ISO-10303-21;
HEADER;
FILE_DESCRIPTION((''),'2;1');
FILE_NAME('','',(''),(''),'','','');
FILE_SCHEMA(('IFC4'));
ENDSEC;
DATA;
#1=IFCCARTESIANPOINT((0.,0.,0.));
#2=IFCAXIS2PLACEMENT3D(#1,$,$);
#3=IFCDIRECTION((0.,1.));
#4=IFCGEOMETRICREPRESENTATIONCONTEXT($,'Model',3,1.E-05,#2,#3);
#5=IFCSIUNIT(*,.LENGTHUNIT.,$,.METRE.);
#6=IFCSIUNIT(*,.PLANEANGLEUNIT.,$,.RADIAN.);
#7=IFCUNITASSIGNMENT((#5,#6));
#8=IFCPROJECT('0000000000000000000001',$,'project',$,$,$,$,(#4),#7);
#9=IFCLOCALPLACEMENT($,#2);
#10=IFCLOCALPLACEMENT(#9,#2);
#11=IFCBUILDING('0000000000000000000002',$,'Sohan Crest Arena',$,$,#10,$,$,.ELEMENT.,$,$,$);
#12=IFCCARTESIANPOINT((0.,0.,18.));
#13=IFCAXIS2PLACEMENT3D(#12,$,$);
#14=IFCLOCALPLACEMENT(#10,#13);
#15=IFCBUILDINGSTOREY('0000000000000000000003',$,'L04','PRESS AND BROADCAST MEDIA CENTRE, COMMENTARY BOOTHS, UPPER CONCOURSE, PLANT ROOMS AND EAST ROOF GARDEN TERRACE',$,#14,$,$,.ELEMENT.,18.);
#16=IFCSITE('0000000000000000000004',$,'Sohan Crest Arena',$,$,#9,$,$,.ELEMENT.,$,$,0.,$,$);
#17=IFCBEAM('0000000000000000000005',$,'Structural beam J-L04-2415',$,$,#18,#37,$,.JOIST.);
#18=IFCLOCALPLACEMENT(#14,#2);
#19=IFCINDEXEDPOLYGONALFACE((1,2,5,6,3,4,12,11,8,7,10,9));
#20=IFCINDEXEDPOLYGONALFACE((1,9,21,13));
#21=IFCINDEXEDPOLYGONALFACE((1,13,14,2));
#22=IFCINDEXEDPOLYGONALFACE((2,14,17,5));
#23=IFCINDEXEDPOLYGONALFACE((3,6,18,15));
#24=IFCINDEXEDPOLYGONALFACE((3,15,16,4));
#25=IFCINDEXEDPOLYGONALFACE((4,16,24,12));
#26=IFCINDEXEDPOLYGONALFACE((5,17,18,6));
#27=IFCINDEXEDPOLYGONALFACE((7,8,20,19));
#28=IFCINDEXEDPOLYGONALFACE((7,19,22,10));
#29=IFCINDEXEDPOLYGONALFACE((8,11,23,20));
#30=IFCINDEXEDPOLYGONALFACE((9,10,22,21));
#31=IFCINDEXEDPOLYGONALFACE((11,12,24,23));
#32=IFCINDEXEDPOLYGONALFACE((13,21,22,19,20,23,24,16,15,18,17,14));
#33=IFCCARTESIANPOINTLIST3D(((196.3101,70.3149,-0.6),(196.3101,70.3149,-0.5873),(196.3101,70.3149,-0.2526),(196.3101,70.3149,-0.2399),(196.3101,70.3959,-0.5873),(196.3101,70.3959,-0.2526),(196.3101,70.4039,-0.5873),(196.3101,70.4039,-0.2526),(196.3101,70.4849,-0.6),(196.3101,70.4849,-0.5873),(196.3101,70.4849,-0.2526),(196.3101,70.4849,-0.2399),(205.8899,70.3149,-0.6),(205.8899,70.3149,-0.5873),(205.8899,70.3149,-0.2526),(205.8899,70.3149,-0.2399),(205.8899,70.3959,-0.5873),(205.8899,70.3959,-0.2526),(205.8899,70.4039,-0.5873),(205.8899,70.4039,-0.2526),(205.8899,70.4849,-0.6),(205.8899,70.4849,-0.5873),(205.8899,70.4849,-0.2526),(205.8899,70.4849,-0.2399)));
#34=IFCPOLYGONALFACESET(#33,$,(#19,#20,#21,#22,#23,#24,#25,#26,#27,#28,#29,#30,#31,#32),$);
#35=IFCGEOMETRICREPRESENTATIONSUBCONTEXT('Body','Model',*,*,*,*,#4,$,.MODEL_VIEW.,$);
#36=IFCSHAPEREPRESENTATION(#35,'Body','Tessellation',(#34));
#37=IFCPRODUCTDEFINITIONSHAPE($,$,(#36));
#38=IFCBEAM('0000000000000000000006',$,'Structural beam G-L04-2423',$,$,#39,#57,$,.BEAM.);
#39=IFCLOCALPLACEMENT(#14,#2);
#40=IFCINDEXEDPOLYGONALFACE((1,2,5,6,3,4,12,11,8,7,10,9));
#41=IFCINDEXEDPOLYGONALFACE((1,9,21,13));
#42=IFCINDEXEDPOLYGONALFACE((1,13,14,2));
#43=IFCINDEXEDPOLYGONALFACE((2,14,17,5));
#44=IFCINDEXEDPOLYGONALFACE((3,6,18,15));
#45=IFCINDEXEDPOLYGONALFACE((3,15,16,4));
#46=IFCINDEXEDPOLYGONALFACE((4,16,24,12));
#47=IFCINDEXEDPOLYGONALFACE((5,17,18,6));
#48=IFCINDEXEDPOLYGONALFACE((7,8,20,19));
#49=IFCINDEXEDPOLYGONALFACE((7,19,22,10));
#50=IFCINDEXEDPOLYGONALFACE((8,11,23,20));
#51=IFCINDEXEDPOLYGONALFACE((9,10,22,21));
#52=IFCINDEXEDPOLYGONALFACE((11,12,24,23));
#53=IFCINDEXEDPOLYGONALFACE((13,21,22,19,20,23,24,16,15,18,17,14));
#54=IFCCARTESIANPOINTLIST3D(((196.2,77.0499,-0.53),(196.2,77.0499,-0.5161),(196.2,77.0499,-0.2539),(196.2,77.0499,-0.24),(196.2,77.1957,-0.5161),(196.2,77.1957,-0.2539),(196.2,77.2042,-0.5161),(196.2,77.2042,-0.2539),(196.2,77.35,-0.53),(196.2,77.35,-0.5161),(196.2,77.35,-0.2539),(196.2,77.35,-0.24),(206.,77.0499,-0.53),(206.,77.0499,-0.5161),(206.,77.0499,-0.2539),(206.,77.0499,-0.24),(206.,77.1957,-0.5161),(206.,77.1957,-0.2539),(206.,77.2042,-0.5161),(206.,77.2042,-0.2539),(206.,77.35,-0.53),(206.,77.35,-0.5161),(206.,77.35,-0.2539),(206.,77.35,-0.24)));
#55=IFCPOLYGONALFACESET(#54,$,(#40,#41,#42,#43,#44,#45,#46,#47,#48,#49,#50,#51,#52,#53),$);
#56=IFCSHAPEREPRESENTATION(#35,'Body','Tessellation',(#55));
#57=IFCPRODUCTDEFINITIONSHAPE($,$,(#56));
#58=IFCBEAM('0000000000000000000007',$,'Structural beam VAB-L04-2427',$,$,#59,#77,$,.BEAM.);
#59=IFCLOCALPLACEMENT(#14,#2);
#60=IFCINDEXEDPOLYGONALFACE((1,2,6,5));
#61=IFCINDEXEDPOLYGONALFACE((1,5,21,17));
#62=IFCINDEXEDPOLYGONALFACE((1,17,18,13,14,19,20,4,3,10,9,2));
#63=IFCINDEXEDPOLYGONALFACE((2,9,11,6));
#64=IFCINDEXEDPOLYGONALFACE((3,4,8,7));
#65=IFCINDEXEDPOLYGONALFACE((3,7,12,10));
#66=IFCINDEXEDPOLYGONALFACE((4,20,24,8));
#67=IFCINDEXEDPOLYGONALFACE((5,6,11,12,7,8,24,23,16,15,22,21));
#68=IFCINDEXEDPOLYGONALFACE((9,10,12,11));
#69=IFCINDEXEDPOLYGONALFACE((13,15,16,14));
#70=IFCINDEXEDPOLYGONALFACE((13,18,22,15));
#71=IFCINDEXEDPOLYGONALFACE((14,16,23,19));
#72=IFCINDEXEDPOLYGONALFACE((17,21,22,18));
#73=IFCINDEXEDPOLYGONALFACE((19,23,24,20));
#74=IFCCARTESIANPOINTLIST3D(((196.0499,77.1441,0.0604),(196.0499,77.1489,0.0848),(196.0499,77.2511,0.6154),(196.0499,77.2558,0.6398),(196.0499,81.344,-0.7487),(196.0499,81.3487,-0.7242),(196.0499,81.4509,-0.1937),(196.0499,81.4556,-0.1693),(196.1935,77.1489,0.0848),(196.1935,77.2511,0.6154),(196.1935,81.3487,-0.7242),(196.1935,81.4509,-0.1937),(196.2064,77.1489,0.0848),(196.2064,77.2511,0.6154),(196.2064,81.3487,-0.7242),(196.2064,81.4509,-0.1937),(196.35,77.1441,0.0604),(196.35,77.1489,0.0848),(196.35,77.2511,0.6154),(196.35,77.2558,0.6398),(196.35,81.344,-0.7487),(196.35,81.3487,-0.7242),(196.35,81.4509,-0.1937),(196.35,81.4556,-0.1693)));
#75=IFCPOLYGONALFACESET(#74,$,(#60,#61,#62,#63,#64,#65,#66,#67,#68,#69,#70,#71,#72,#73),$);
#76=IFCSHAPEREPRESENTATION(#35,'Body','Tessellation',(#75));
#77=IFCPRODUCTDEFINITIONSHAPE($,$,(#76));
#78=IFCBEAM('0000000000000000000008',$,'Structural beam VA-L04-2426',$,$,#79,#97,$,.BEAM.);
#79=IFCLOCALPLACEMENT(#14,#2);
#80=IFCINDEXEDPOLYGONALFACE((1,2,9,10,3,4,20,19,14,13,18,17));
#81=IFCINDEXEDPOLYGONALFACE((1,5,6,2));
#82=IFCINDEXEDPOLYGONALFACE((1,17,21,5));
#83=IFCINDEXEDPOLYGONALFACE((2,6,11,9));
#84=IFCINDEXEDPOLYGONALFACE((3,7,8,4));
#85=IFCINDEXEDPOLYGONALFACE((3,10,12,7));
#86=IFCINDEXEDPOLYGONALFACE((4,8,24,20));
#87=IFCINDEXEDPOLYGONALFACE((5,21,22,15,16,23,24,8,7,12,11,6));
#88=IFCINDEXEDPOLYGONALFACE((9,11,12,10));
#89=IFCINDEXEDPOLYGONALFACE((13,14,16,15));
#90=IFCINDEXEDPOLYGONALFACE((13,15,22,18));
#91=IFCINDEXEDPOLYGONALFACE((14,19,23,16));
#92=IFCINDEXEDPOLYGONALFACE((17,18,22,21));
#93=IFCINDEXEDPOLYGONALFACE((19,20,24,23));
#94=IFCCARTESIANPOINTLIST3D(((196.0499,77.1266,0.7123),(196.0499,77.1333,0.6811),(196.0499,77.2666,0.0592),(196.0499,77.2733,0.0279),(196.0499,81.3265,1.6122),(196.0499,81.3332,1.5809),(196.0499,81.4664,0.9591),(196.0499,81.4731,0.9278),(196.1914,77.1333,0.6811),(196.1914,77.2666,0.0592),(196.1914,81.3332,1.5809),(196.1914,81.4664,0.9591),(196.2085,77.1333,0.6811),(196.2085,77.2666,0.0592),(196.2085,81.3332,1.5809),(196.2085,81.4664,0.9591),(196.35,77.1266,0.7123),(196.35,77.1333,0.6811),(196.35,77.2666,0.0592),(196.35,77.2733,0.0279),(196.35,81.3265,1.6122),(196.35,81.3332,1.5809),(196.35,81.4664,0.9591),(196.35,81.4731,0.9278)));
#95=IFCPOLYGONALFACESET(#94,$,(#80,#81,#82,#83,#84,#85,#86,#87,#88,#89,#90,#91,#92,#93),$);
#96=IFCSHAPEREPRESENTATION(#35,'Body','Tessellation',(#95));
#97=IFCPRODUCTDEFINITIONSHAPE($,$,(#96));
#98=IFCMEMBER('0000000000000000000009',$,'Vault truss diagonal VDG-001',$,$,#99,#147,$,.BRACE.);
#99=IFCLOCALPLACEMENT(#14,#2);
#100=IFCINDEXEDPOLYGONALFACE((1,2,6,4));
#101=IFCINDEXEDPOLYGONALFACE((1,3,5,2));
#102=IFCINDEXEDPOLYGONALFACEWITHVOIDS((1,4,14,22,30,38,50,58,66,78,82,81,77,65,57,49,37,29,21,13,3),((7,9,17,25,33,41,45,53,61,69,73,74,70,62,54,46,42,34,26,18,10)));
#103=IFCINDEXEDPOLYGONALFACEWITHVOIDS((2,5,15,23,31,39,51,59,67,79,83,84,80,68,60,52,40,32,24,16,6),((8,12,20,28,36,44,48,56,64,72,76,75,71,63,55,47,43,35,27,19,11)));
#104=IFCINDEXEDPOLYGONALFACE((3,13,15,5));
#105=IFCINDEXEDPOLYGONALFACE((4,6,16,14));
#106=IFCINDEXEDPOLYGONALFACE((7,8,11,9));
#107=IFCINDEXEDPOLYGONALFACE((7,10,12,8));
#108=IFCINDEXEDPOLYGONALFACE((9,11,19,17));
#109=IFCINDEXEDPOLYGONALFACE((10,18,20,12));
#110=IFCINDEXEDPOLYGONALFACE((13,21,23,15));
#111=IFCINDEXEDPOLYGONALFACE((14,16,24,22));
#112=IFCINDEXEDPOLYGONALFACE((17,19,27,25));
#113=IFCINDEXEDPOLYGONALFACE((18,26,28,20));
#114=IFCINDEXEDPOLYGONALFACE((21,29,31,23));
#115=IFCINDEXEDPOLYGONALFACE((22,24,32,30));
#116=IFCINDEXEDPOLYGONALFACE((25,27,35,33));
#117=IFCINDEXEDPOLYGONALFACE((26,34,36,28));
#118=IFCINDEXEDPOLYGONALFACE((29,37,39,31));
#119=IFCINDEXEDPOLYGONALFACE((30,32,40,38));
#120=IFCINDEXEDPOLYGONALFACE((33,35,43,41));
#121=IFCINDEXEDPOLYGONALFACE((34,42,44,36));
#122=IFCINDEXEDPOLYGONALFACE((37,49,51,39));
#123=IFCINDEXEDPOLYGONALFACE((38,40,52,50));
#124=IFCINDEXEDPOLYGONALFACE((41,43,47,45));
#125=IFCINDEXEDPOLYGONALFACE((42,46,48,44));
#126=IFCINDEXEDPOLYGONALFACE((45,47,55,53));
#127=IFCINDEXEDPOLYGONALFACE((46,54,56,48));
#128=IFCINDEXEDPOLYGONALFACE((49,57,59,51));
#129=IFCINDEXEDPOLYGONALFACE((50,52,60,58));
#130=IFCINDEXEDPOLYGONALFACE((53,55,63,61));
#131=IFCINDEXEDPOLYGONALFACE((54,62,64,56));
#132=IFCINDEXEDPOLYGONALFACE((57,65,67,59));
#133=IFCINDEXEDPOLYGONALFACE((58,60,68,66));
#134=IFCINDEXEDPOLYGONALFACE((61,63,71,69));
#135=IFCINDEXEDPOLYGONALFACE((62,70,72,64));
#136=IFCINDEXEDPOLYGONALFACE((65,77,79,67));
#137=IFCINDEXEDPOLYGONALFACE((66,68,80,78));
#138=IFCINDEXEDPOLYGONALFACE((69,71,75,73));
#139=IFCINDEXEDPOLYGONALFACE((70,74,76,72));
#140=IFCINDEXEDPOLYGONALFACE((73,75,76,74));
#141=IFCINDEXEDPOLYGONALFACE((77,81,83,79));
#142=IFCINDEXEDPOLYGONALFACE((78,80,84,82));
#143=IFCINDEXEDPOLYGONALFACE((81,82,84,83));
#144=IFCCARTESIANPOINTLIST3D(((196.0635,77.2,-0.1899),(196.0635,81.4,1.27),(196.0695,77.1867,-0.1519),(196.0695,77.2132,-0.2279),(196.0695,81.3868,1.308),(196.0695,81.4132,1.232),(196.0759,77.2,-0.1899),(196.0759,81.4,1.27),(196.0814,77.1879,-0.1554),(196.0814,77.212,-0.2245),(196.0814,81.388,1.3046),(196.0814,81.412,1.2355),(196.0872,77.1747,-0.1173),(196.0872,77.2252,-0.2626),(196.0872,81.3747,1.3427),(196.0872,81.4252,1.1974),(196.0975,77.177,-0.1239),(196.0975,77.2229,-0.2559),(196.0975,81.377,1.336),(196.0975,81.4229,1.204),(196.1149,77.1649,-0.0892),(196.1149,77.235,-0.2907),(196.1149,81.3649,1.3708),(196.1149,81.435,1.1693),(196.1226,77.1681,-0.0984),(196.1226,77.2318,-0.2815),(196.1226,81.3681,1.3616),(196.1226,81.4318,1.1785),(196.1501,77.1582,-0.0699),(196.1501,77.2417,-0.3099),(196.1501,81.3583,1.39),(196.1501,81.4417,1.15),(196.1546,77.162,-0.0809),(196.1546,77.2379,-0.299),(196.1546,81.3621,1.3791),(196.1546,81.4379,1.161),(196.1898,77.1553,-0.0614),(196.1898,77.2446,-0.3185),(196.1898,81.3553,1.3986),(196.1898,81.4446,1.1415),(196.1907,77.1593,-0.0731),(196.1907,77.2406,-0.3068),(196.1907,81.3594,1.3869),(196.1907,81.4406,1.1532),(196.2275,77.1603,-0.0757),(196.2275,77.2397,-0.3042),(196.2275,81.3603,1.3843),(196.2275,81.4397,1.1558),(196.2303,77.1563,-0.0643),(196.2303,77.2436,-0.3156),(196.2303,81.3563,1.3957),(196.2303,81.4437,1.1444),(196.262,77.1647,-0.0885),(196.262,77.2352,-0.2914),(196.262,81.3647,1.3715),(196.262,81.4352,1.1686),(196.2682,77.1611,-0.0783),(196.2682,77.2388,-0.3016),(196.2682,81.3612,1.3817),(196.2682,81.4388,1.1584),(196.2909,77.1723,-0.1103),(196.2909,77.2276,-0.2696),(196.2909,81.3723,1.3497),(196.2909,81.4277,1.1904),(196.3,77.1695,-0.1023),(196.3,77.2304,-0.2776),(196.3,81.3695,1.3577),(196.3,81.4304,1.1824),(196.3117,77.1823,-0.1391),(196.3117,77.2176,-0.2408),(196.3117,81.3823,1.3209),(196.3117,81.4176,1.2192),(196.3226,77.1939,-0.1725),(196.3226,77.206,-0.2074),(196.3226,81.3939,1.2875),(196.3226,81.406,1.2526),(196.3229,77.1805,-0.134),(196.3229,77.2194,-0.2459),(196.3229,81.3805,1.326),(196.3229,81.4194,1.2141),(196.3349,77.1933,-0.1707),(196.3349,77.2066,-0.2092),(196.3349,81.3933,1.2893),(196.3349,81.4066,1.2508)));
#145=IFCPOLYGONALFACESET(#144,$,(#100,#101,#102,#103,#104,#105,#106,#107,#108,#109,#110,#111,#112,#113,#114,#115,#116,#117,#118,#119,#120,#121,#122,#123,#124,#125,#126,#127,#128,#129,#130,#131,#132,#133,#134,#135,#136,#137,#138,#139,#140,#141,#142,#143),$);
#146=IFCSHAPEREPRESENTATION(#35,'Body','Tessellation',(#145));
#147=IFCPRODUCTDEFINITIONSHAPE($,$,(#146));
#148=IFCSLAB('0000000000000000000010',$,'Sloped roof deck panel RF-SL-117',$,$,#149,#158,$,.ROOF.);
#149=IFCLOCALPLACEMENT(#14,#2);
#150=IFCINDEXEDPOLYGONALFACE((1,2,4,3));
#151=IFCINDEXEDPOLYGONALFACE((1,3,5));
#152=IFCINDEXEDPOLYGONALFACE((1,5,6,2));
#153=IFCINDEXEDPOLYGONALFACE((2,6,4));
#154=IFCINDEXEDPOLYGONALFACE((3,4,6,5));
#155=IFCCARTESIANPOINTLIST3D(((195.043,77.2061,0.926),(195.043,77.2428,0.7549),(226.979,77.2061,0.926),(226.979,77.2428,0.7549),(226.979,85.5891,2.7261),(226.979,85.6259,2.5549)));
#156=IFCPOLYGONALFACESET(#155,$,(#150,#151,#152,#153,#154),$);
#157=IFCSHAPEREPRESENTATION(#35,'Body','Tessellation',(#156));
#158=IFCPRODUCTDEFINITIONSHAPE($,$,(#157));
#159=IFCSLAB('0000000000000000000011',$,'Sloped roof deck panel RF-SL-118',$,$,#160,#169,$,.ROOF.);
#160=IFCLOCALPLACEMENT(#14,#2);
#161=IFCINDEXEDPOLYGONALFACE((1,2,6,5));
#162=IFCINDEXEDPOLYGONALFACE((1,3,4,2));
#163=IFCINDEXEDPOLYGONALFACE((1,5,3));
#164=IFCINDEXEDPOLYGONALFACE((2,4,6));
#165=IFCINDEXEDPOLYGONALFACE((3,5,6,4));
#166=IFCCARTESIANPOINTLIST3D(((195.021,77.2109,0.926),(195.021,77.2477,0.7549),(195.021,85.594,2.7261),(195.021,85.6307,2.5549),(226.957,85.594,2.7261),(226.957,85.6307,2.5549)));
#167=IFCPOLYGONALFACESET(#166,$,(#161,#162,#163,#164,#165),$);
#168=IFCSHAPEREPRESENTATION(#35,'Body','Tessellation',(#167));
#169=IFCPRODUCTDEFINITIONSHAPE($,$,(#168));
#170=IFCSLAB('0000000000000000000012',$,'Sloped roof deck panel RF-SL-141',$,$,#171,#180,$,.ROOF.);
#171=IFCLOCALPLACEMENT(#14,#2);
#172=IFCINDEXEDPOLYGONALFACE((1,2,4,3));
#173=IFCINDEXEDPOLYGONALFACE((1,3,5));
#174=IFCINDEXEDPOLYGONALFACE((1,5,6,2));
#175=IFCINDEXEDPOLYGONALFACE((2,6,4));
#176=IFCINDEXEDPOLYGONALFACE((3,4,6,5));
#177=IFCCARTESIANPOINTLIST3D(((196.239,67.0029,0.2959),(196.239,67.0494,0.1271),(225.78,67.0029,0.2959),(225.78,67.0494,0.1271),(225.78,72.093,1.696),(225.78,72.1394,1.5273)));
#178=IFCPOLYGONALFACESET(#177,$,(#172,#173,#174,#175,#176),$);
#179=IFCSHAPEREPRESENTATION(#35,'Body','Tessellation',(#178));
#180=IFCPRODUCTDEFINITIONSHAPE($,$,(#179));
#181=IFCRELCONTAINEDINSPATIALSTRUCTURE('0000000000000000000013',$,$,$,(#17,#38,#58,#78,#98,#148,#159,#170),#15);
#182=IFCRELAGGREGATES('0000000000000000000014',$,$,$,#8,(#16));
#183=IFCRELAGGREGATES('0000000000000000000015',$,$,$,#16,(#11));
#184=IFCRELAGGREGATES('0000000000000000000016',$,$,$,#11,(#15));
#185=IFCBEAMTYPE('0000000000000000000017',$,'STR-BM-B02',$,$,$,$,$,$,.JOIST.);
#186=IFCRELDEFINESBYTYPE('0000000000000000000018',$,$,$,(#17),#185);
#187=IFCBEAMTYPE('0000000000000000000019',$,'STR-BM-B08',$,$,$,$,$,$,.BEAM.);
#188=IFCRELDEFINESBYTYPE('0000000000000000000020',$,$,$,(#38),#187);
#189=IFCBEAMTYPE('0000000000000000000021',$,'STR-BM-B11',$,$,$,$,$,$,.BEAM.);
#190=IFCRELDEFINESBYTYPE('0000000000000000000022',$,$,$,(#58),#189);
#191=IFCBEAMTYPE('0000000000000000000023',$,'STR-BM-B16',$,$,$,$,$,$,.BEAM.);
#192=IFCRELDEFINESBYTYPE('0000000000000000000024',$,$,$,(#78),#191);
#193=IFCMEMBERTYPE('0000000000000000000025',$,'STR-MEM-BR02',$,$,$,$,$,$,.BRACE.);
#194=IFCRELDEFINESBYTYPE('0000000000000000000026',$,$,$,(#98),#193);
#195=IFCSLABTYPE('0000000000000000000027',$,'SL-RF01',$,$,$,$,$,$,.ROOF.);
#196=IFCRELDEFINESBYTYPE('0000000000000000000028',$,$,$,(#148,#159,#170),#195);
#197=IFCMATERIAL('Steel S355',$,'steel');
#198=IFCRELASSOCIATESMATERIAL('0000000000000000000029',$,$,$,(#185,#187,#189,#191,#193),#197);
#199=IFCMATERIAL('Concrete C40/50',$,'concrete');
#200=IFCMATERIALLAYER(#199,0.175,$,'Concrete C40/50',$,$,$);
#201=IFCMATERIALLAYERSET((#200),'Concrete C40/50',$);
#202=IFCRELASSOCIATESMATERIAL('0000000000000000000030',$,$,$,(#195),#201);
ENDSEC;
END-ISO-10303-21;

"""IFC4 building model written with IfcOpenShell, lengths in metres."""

from ifc_helpers import new_model, si_unit, direction, frame, origin, origin_2d, place, context, subcontext, project, spatial, polyline, hollow_circle, i_section, outline, extrude, material, layer, layer_set, material_profile, profile_set, type_object, element, save


model = new_model("IFC4")

# Units and contexts
model_context = context("Model", 3, precision=1e-05, world=origin(), true_north=direction((0.0, 1.0)))
body_context = subcontext(model_context, "Body", "Model", "MODEL_VIEW")
ifc_project = project(units=[si_unit("LENGTHUNIT", "METRE"), si_unit("PLANEANGLEUNIT", "RADIAN")], contexts=[model_context])

# Site, building, storey
site_placement = place(None, origin())
site = spatial("IfcSite", under=ifc_project, at=site_placement, Name="Sohan Crest Arena", CompositionType="ELEMENT", RefElevation=0.0)
building_placement = place(site_placement, origin())
building = spatial("IfcBuilding", under=site, at=building_placement, Name="Sohan Crest Arena", CompositionType="ELEMENT")
storey_placement = place(building_placement, frame((0.0, 0.0, 18.0)))
storey = spatial("IfcBuildingStorey", under=building, at=storey_placement, Name="L04", Description="PRESS AND BROADCAST MEDIA CENTRE, COMMENTARY BOOTHS, UPPER CONCOURSE, PLANT ROOMS AND EAST ROOF GARDEN TERRACE", CompositionType="ELEMENT", Elevation=18.0)

# Beams
ifc_material_1 = material(Name="Steel S355", Category="steel")
ifc_material_profile_1 = material_profile(ifc_material_1, i_section(OverallWidth=0.1699, OverallDepth=0.3601, WebThickness=0.0081, FlangeThickness=0.0127, at=origin_2d()), Name="IPE 360")
ifc_profile_set_1 = profile_set([ifc_material_profile_1], Name="Steel S355")
beam_type_1 = type_object("IfcBeamType", Name="STR-BM-B02", PredefinedType="JOIST", material=ifc_profile_set_1)
beam_1_placement = place(storey_placement, frame((196.3101, 70.3999, -0.4199), z_axis=(1.0, 0.0, 0.0), x_axis=(0.0, 1.0, 0.0)))
element("IfcBeam", 1, at=beam_1_placement, inside=storey, type_object=beam_type_1, Name="Structural beam J-L04-2415", PredefinedType="JOIST", context=body_context, shape_type="SweptSolid", body=[
    extrude(i_section(OverallWidth=0.1699, OverallDepth=0.3601, WebThickness=0.0081, FlangeThickness=0.0127, at=origin_2d()), origin(), (0.0, 0.0, 1.0), 9.5798),
])
ifc_material_profile_2 = material_profile(ifc_material_1, i_section(OverallWidth=0.3, OverallDepth=0.29, WebThickness=0.0085, FlangeThickness=0.0139, at=origin_2d()), Name="HEA 300")
ifc_profile_set_2 = profile_set([ifc_material_profile_2], Name="Steel S355")
beam_type_2 = type_object("IfcBeamType", Name="STR-BM-B08", PredefinedType="BEAM", material=ifc_profile_set_2)
beam_2_placement = place(storey_placement, frame((196.2, 77.2, -0.385), z_axis=(1.0, 0.0, 0.0), x_axis=(0.0, 1.0, 0.0)))
element("IfcBeam", 2, at=beam_2_placement, inside=storey, type_object=beam_type_2, Name="Structural beam G-L04-2423", PredefinedType="BEAM", context=body_context, shape_type="SweptSolid", body=[
    extrude(i_section(OverallWidth=0.3, OverallDepth=0.29, WebThickness=0.0085, FlangeThickness=0.0139, at=origin_2d()), origin(), (0.0, 0.0, 1.0), 9.8),
])
ifc_material_profile_3 = material_profile(ifc_material_1, i_section(OverallWidth=0.3, OverallDepth=0.5901, WebThickness=0.0129, FlangeThickness=0.0249, at=origin_2d()), Name="HEA 600")
ifc_profile_set_3 = profile_set([ifc_material_profile_3], Name="Steel S355")
beam_type_3 = type_object("IfcBeamType", Name="STR-BM-B11", PredefinedType="BEAM", material=ifc_profile_set_3)
beam_3_placement = place(storey_placement, frame((196.2, 77.2, 0.3501), z_axis=(0.0, 0.981946, -0.189163), x_axis=(-1.0, 0.0, 0.0)))
element("IfcBeam", 3, at=beam_3_placement, inside=storey, type_object=beam_type_3, Name="Structural beam VAB-L04-2427", PredefinedType="BEAM", context=body_context, shape_type="SweptSolid", body=[
    extrude(i_section(OverallWidth=0.3, OverallDepth=0.5901, WebThickness=0.0129, FlangeThickness=0.0249, at=origin_2d()), origin(), (0.0, 0.0, 1.0), 4.2771),
])
ifc_material_profile_4 = material_profile(ifc_material_1, i_section(OverallWidth=0.3, OverallDepth=0.7, WebThickness=0.0171, FlangeThickness=0.032, at=origin_2d()), Name="HEB 700")
ifc_profile_set_4 = profile_set([ifc_material_profile_4], Name="Steel S355")
beam_type_4 = type_object("IfcBeamType", Name="STR-BM-B16", PredefinedType="BEAM", material=ifc_profile_set_4)
beam_4_placement = place(storey_placement, frame((196.2, 77.2, 0.3701), z_axis=(0.0, 0.977807, 0.20951), x_axis=(-1.0, 0.0, 0.0)))
element("IfcBeam", 4, at=beam_4_placement, inside=storey, type_object=beam_type_4, Name="Structural beam VA-L04-2426", PredefinedType="BEAM", context=body_context, shape_type="SweptSolid", body=[
    extrude(i_section(OverallWidth=0.3, OverallDepth=0.7, WebThickness=0.0171, FlangeThickness=0.032, at=origin_2d()), origin(), (0.0, 0.0, 1.0), 4.2952),
])

# Member
ifc_material_profile_5 = material_profile(ifc_material_1, hollow_circle(Radius=0.1365, WallThickness=0.0125, at=origin_2d()), Name="CHS 273x12.5")
ifc_profile_set_5 = profile_set([ifc_material_profile_5], Name="Steel S355")
member_type = type_object("IfcMemberType", Name="STR-MEM-BR02", PredefinedType="BRACE", material=ifc_profile_set_5)
member_placement = place(storey_placement, frame((196.2, 77.2, -0.1899), z_axis=(0.0, 0.944559, 0.328342), x_axis=(-1.0, 0.0, 0.0)))
element("IfcMember", 5, at=member_placement, inside=storey, type_object=member_type, Name="Vault truss diagonal VDG-001", PredefinedType="BRACE", context=body_context, shape_type="SweptSolid", body=[
    extrude(hollow_circle(Radius=0.1365, WallThickness=0.0125, at=origin_2d()), origin(), (0.0, 0.0, 1.0), 4.4465),
])

# Slabs
ifc_material_2 = material(Name="Concrete C40/50", Category="concrete")
ifc_layer_1 = layer(ifc_material_2, 0.175, Name="Concrete C40/50")
ifc_layer_set_1 = layer_set([ifc_layer_1], Name="Concrete C40/50")
slab_type = type_object("IfcSlabType", Name="SL-RF01", PredefinedType="ROOF", material=ifc_layer_set_1)
slab_1_placement = place(storey_placement, frame((195.043, 77.2061, 0.926), z_axis=(0.0, -0.209939, 0.977714), x_axis=(1.0, 0.0, 0.0)))
element("IfcSlab", 6, at=slab_1_placement, inside=storey, type_object=slab_type, Name="Sloped roof deck panel RF-SL-117", PredefinedType="ROOF", context=body_context, shape_type="SweptSolid", body=[
    extrude(outline(polyline([(0.0, 0.0), (31.936, 0.0), (31.936, 8.5741), (0.0, 0.0)])), origin(), (0.0, 0.0, -1.0), 0.175),
])
slab_2_placement = place(storey_placement, frame((195.021, 77.2109, 0.926), z_axis=(0.0, -0.209939, 0.977714), x_axis=(0.965798, 0.253517, 0.054436)))
element("IfcSlab", 7, at=slab_2_placement, inside=storey, type_object=slab_type, Name="Sloped roof deck panel RF-SL-118", PredefinedType="ROOF", context=body_context, shape_type="SweptSolid", body=[
    extrude(outline(polyline([(0.0, 0.0), (33.067, 0.0), (2.2232, 8.2809), (0.0, 0.0)])), origin(), (0.0, 0.0, -1.0), 0.175),
])
slab_3_placement = place(storey_placement, frame((196.239, 67.0029, 0.2959), z_axis=(0.0, -0.265222, 0.964187), x_axis=(1.0, 0.0, 0.0)))
element("IfcSlab", 8, at=slab_3_placement, inside=storey, type_object=slab_type, Name="Sloped roof deck panel RF-SL-141", PredefinedType="ROOF", context=body_context, shape_type="SweptSolid", body=[
    extrude(outline(polyline([(0.0, 0.0), (29.541, 0.0), (29.541, 5.2791), (0.0, 0.0)])), origin(), (0.0, 0.0, -1.0), 0.175),
])

save(model, "model.ifc")
